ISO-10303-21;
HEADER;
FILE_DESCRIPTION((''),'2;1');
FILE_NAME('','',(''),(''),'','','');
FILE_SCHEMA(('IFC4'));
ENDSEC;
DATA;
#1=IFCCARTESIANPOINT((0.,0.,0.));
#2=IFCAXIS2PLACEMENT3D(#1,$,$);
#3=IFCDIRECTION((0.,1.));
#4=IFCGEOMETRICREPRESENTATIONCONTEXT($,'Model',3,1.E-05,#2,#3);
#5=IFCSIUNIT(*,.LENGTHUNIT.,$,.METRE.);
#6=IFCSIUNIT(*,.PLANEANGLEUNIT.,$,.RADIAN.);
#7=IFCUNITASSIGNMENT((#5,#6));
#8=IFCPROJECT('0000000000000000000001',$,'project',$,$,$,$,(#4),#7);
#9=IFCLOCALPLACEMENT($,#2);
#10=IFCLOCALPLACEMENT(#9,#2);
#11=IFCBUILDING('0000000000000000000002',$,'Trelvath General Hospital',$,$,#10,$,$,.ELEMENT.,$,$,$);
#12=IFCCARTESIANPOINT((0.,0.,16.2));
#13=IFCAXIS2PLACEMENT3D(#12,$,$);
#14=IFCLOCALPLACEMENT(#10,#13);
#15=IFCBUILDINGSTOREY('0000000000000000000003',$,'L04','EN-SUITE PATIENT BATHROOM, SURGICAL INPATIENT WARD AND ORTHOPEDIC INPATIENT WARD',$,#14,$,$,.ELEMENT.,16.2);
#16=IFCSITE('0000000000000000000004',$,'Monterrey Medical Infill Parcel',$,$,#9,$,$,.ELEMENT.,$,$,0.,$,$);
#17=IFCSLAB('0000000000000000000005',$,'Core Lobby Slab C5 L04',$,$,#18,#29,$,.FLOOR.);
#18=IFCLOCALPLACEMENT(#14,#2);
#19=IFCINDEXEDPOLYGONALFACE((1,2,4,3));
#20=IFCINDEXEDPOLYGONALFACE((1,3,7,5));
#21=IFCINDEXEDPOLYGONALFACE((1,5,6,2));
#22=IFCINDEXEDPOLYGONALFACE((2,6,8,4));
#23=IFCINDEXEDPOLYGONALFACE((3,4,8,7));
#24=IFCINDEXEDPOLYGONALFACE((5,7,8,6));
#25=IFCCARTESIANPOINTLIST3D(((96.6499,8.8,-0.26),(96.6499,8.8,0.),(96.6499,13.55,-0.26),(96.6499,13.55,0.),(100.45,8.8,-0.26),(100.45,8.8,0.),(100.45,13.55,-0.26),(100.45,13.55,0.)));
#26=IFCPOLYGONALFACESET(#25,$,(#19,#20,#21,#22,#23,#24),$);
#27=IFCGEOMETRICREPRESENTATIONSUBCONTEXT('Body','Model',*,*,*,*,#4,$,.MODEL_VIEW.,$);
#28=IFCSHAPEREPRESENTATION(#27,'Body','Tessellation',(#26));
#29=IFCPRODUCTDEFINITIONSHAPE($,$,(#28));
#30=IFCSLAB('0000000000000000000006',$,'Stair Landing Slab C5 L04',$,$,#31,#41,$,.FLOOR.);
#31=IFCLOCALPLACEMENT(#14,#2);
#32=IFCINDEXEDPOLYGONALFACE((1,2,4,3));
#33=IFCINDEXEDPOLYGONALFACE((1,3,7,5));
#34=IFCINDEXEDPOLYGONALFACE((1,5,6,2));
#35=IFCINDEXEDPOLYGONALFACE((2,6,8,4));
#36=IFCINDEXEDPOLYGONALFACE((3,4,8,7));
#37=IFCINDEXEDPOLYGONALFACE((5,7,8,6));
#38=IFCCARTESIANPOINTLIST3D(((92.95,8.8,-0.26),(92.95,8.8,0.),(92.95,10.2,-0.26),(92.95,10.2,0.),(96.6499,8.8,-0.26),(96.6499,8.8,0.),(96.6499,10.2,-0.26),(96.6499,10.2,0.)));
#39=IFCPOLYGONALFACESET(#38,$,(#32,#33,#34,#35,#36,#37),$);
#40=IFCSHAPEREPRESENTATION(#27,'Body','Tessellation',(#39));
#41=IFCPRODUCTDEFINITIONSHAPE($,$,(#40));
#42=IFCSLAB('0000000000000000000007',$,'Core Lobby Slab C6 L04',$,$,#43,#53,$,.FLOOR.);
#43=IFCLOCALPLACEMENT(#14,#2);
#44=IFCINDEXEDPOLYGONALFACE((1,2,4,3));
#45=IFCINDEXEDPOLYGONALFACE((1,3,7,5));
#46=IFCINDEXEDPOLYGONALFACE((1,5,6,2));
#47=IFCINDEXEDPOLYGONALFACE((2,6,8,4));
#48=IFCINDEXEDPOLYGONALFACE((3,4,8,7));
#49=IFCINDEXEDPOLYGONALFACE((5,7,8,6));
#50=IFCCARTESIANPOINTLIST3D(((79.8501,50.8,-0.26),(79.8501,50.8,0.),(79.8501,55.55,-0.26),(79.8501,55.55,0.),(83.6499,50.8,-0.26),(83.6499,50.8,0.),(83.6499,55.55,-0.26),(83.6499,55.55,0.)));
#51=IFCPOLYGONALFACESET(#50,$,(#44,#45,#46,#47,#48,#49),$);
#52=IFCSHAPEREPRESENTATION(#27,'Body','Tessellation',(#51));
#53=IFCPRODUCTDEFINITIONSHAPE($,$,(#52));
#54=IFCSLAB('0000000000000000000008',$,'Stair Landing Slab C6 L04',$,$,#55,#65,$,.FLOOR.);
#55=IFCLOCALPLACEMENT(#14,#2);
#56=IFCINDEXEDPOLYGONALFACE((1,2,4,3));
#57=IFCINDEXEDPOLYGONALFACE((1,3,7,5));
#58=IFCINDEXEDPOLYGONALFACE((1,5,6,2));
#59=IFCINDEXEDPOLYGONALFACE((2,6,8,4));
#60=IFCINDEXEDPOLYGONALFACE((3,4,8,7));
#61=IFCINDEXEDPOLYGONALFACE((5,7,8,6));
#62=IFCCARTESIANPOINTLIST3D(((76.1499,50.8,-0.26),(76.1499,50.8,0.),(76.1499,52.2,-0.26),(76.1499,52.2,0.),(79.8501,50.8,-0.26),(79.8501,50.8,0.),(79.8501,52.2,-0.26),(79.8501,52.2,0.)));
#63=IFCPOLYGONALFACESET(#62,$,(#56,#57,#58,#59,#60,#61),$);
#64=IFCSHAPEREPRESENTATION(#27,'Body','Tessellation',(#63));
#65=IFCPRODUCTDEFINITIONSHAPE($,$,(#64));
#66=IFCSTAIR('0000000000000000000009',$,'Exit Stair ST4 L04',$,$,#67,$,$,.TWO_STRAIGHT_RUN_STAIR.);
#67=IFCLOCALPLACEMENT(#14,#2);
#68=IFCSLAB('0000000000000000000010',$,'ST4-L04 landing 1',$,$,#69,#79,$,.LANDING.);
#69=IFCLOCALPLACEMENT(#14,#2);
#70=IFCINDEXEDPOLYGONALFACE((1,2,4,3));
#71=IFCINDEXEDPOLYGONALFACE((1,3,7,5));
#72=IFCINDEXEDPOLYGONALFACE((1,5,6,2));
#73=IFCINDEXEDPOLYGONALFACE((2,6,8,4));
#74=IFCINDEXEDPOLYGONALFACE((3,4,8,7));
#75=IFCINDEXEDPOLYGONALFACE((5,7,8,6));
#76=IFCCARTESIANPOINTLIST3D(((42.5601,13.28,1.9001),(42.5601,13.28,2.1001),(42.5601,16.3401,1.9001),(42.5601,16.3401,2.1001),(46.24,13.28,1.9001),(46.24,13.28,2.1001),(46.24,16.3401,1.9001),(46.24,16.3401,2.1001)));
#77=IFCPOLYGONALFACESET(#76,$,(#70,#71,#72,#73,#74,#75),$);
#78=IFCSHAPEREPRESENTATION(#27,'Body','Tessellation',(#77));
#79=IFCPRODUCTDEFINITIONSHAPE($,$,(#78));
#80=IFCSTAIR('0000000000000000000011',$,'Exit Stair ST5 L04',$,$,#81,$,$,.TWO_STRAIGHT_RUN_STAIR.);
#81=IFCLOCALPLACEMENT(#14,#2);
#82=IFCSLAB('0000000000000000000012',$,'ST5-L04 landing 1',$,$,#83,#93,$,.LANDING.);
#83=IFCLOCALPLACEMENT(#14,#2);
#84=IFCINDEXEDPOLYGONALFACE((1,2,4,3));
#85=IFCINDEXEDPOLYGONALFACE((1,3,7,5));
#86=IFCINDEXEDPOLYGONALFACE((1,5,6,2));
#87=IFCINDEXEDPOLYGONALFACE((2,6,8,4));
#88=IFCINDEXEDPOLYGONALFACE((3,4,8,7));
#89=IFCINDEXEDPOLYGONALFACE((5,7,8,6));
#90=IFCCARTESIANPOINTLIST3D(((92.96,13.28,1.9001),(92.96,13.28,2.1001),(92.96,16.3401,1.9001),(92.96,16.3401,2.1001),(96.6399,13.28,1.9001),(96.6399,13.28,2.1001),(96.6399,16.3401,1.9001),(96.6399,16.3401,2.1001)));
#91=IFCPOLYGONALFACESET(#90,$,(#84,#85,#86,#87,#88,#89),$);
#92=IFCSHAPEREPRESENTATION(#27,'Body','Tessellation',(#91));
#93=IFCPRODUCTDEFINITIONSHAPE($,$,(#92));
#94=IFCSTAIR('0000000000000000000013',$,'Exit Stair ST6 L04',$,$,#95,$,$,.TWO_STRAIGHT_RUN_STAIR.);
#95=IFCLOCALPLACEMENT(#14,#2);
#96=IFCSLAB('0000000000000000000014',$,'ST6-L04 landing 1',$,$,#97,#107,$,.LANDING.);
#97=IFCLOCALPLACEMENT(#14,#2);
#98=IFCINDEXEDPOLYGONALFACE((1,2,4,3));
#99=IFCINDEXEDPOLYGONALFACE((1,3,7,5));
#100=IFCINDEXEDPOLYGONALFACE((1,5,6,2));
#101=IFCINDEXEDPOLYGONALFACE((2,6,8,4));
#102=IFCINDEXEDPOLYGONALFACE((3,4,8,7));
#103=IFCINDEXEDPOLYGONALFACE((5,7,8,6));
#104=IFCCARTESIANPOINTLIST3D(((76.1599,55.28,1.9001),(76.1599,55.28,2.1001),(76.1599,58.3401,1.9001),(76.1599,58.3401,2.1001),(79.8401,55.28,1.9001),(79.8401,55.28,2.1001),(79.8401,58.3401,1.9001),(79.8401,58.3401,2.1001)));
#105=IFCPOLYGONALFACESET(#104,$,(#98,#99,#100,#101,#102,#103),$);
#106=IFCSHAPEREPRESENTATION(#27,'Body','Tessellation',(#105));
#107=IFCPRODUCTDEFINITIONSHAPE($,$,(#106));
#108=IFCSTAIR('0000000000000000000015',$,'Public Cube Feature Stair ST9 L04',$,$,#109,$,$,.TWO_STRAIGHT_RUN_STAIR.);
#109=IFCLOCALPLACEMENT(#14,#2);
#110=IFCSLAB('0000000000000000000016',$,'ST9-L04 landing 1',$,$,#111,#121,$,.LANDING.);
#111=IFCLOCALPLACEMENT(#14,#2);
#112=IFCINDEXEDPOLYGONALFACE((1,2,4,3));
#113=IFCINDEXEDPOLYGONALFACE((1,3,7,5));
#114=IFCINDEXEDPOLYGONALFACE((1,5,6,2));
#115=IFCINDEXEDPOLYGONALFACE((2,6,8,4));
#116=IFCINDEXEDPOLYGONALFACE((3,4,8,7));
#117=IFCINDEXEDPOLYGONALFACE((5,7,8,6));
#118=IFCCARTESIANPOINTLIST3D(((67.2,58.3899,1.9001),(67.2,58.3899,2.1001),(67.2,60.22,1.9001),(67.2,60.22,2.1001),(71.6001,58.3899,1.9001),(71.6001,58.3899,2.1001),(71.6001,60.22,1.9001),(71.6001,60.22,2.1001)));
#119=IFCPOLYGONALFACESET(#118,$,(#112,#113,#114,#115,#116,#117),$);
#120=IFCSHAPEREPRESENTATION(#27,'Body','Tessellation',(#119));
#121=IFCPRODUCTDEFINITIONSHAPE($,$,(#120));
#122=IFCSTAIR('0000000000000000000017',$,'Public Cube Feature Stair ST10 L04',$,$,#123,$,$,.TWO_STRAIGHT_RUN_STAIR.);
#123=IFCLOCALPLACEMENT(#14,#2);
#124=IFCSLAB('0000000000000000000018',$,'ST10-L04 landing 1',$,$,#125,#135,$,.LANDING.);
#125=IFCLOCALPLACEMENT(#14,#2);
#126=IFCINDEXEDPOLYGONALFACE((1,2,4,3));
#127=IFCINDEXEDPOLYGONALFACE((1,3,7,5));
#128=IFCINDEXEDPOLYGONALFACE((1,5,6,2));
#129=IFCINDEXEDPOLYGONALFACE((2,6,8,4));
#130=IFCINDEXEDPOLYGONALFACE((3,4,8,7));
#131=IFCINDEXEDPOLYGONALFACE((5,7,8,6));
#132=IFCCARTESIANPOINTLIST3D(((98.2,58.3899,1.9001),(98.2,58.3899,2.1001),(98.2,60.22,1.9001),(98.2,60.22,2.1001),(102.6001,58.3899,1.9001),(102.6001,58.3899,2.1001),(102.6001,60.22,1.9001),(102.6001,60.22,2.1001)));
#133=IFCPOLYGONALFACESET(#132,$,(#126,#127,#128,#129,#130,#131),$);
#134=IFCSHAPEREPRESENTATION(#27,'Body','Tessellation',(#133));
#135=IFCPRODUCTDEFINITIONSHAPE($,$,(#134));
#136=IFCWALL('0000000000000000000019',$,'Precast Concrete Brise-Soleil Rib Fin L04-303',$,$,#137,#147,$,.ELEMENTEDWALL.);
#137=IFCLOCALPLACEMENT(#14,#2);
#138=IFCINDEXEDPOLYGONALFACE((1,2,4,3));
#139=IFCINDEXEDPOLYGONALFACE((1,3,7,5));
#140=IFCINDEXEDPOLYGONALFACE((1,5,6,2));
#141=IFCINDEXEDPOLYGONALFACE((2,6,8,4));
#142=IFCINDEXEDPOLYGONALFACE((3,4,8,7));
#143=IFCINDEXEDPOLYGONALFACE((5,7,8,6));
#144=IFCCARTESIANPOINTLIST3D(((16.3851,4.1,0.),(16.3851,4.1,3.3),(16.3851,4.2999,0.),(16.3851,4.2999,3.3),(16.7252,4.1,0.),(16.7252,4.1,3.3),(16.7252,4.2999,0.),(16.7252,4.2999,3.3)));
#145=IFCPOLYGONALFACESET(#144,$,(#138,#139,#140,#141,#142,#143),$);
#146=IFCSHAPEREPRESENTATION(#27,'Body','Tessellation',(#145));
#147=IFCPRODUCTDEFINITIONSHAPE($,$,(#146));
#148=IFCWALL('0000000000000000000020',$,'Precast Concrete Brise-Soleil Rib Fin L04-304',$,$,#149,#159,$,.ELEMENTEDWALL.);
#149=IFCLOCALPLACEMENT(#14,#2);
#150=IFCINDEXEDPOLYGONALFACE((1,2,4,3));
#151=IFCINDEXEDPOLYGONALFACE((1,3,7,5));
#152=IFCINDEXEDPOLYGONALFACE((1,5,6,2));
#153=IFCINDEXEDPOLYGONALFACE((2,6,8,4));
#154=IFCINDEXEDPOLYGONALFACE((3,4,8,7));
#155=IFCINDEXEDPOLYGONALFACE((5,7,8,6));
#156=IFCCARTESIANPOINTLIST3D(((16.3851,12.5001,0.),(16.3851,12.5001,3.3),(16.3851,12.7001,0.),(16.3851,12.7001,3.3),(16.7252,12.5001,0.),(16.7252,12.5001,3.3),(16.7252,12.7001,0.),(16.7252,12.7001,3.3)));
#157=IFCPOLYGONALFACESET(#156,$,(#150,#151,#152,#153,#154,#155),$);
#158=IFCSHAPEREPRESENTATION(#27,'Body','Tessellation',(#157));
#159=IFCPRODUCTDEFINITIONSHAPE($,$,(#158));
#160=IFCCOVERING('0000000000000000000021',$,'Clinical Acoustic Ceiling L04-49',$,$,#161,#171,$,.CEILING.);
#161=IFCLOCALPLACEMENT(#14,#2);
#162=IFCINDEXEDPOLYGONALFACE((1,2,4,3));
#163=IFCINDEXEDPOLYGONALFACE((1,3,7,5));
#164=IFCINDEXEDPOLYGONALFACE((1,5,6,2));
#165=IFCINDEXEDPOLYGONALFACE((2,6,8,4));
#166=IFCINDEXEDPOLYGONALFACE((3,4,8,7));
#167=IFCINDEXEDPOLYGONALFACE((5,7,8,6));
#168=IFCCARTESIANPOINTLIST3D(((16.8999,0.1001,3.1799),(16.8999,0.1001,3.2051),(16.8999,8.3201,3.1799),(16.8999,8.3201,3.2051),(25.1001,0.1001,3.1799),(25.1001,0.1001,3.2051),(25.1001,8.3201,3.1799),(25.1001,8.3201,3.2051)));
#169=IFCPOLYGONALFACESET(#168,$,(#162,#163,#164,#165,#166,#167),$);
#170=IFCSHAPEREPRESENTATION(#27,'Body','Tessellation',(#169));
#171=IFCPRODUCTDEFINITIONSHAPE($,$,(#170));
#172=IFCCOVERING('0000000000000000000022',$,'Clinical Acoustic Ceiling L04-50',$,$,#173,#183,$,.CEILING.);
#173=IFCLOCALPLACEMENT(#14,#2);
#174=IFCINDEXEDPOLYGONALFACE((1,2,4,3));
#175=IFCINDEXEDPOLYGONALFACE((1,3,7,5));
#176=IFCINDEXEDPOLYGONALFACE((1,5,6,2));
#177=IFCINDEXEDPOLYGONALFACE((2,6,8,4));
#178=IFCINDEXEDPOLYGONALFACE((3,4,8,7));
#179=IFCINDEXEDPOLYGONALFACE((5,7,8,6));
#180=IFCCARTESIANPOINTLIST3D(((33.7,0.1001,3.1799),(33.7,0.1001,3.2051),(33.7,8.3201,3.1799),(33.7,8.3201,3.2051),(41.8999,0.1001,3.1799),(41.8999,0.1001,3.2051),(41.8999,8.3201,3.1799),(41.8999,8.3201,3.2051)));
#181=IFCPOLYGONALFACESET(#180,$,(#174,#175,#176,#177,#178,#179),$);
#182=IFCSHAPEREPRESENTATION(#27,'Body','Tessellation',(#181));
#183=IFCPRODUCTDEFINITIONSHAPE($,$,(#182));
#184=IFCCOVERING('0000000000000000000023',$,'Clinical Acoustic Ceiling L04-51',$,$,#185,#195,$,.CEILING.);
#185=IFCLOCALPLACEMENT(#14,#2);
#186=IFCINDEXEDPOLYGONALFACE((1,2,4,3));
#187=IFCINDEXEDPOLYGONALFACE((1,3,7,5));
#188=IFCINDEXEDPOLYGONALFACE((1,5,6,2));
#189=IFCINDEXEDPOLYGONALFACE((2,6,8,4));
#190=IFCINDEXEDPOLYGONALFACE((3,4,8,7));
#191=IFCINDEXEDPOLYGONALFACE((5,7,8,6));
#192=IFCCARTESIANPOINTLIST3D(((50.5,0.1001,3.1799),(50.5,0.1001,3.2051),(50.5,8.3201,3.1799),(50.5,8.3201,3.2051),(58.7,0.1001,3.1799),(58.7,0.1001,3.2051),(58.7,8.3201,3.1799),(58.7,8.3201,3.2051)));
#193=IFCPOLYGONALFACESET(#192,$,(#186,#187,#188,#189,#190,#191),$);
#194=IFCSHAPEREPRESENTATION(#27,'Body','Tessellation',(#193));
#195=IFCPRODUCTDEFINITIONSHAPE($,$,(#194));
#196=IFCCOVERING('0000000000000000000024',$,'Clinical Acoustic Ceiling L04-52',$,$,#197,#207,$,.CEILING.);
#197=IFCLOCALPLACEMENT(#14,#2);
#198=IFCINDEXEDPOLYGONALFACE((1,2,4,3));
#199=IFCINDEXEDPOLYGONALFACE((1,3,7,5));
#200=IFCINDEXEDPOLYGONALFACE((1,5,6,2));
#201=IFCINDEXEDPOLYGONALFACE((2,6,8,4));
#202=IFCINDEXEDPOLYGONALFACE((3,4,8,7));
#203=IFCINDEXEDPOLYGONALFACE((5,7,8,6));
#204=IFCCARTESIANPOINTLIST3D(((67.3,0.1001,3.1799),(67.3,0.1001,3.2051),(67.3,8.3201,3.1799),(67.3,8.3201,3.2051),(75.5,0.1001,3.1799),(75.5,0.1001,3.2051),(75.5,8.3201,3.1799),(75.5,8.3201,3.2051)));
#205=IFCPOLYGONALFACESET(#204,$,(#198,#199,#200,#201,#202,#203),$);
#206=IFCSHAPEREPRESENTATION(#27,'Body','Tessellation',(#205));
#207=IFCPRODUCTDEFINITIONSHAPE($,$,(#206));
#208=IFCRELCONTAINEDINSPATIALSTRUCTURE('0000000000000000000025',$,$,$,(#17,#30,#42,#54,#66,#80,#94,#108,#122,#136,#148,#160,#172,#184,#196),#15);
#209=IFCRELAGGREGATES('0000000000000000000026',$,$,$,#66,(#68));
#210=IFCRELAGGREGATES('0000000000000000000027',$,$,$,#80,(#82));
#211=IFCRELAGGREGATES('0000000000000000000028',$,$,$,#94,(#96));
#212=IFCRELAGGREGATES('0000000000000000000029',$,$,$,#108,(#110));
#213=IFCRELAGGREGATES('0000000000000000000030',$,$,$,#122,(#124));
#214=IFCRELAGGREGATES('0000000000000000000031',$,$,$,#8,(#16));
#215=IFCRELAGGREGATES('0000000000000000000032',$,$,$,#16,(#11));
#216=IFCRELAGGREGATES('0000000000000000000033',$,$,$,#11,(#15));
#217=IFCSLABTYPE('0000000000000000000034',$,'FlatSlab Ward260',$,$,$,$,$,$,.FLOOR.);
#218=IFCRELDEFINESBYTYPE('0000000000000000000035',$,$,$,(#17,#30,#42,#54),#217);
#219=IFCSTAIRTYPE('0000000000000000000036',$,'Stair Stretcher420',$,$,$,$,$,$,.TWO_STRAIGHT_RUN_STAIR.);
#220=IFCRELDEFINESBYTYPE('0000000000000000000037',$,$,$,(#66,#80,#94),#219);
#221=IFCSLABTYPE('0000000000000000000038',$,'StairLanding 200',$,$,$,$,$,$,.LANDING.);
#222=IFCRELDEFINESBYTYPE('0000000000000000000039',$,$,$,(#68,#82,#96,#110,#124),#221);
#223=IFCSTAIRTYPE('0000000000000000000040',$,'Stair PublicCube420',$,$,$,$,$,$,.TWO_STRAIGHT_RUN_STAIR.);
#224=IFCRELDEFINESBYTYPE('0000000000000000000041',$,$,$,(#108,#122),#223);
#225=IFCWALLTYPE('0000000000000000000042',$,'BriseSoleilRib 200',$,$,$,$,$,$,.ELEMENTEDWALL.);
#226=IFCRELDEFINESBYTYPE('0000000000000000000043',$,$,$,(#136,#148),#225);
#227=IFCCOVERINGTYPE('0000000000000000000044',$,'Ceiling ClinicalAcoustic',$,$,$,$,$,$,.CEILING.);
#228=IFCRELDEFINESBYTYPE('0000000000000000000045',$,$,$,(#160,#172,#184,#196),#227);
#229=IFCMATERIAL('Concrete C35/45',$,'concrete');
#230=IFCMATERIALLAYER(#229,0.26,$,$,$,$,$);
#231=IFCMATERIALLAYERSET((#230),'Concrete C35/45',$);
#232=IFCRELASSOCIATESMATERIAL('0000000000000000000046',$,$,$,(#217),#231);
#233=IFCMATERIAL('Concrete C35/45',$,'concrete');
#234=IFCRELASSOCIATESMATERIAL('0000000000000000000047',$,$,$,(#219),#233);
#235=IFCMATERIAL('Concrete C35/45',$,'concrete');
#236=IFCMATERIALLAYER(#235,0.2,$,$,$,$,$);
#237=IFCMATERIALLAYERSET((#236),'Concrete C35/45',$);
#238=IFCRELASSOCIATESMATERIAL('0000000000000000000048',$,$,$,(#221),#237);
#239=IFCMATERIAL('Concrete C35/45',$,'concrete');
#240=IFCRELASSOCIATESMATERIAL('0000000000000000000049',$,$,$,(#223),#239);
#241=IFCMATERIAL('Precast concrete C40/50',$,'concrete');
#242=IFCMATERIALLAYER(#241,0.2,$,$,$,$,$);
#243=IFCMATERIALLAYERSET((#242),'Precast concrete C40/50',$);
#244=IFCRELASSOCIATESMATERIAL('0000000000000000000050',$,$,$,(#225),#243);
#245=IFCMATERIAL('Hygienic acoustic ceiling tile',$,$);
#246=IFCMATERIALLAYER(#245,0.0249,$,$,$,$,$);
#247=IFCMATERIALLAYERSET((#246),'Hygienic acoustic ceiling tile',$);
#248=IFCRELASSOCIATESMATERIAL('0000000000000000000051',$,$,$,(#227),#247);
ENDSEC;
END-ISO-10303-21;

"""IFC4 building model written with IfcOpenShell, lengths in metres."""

from ifc_helpers import new_model, si_unit, direction, frame, frame_2d, origin, place, context, subcontext, project, spatial, polyline, rectangle, outline, extrude, material, layer, layer_set, type_object, element, aggregate, save


model = new_model("IFC4")

# Units and contexts
model_context = context("Model", 3, precision=1e-05, world=origin(), true_north=direction((0.0, 1.0)))
body_context = subcontext(model_context, "Body", "Model", "MODEL_VIEW")
ifc_project = project(units=[si_unit("LENGTHUNIT", "METRE"), si_unit("PLANEANGLEUNIT", "RADIAN")], contexts=[model_context])

# Site, building, storey
site_placement = place(None, origin())
site = spatial("IfcSite", under=ifc_project, at=site_placement, Name="Monterrey Medical Infill Parcel", CompositionType="ELEMENT", RefElevation=0.0)
building_placement = place(site_placement, origin())
building = spatial("IfcBuilding", under=site, at=building_placement, Name="Trelvath General Hospital", CompositionType="ELEMENT")
storey_placement = place(building_placement, frame((0.0, 0.0, 16.2)))
storey = spatial("IfcBuildingStorey", under=building, at=storey_placement, Name="L04", Description="EN-SUITE PATIENT BATHROOM, SURGICAL INPATIENT WARD AND ORTHOPEDIC INPATIENT WARD", CompositionType="ELEMENT", Elevation=16.2)

# Slabs
ifc_material_1 = material(Name="Concrete C35/45", Category="concrete")
ifc_layer_1 = layer(ifc_material_1, 0.26)
ifc_layer_set_1 = layer_set([ifc_layer_1], Name="Concrete C35/45")
slab_type_1 = type_object("IfcSlabType", Name="FlatSlab Ward260", PredefinedType="FLOOR", material=ifc_layer_set_1)
slab_1_placement = place(storey_placement, frame((0.0, 0.0, -0.26)))
element("IfcSlab", 1, at=slab_1_placement, inside=storey, type_object=slab_type_1, Name="Core Lobby Slab C5 L04", PredefinedType="FLOOR", context=body_context, shape_type="SweptSolid", body=[
    extrude(outline(polyline([(96.6499, 8.8), (100.45, 8.8), (100.45, 13.55), (96.6499, 13.55), (96.6499, 8.8)])), origin(), (0.0, 0.0, 1.0), 0.26),
])
slab_2_placement = place(storey_placement, frame((0.0, 0.0, -0.26)))
element("IfcSlab", 2, at=slab_2_placement, inside=storey, type_object=slab_type_1, Name="Stair Landing Slab C5 L04", PredefinedType="FLOOR", context=body_context, shape_type="SweptSolid", body=[
    extrude(outline(polyline([(92.95, 8.8), (96.6499, 8.8), (96.6499, 10.2), (92.95, 10.2), (92.95, 8.8)])), origin(), (0.0, 0.0, 1.0), 0.26),
])
slab_3_placement = place(storey_placement, frame((0.0, 0.0, -0.26)))
element("IfcSlab", 3, at=slab_3_placement, inside=storey, type_object=slab_type_1, Name="Core Lobby Slab C6 L04", PredefinedType="FLOOR", context=body_context, shape_type="SweptSolid", body=[
    extrude(outline(polyline([(79.8501, 50.8), (83.6499, 50.8), (83.6499, 55.55), (79.8501, 55.55), (79.8501, 50.8)])), origin(), (0.0, 0.0, 1.0), 0.26),
])
slab_4_placement = place(storey_placement, frame((0.0, 0.0, -0.26)))
element("IfcSlab", 4, at=slab_4_placement, inside=storey, type_object=slab_type_1, Name="Stair Landing Slab C6 L04", PredefinedType="FLOOR", context=body_context, shape_type="SweptSolid", body=[
    extrude(outline(polyline([(76.1499, 50.8), (79.8501, 50.8), (79.8501, 52.2), (76.1499, 52.2), (76.1499, 50.8)])), origin(), (0.0, 0.0, 1.0), 0.26),
])

# Stairs, slabs
ifc_material_2 = material(Name="Concrete C35/45", Category="concrete")
stair_type_1 = type_object("IfcStairType", Name="Stair Stretcher420", PredefinedType="TWO_STRAIGHT_RUN_STAIR", material=ifc_material_2)
stair_1_placement = place(storey_placement, origin())
stair_1 = element("IfcStair", 5, at=stair_1_placement, inside=storey, type_object=stair_type_1, Name="Exit Stair ST4 L04", PredefinedType="TWO_STRAIGHT_RUN_STAIR")
ifc_material_3 = material(Name="Concrete C35/45", Category="concrete")
ifc_layer_2 = layer(ifc_material_3, 0.2)
ifc_layer_set_2 = layer_set([ifc_layer_2], Name="Concrete C35/45")
slab_type_2 = type_object("IfcSlabType", Name="StairLanding 200", PredefinedType="LANDING", material=ifc_layer_set_2)
slab_5_placement = place(storey_placement, frame((0.0, 0.0, 1.9001)))
slab_5 = element("IfcSlab", 6, at=slab_5_placement, type_object=slab_type_2, Name="ST4-L04 landing 1", PredefinedType="LANDING", context=body_context, shape_type="SweptSolid", body=[
    extrude(outline(polyline([(42.5601, 13.28), (46.24, 13.28), (46.24, 16.3401), (42.5601, 16.3401), (42.5601, 13.28)])), origin(), (0.0, 0.0, 1.0), 0.2),
])
aggregate(stair_1, [slab_5])
stair_2_placement = place(storey_placement, origin())
stair_2 = element("IfcStair", 7, at=stair_2_placement, inside=storey, type_object=stair_type_1, Name="Exit Stair ST5 L04", PredefinedType="TWO_STRAIGHT_RUN_STAIR")
slab_6_placement = place(storey_placement, frame((0.0, 0.0, 1.9001)))
slab_6 = element("IfcSlab", 8, at=slab_6_placement, type_object=slab_type_2, Name="ST5-L04 landing 1", PredefinedType="LANDING", context=body_context, shape_type="SweptSolid", body=[
    extrude(outline(polyline([(92.96, 13.28), (96.6399, 13.28), (96.6399, 16.3401), (92.96, 16.3401), (92.96, 13.28)])), origin(), (0.0, 0.0, 1.0), 0.2),
])
aggregate(stair_2, [slab_6])
stair_3_placement = place(storey_placement, origin())
stair_3 = element("IfcStair", 9, at=stair_3_placement, inside=storey, type_object=stair_type_1, Name="Exit Stair ST6 L04", PredefinedType="TWO_STRAIGHT_RUN_STAIR")
slab_7_placement = place(storey_placement, frame((0.0, 0.0, 1.9001)))
slab_7 = element("IfcSlab", 10, at=slab_7_placement, type_object=slab_type_2, Name="ST6-L04 landing 1", PredefinedType="LANDING", context=body_context, shape_type="SweptSolid", body=[
    extrude(outline(polyline([(76.1599, 55.28), (79.8401, 55.28), (79.8401, 58.3401), (76.1599, 58.3401), (76.1599, 55.28)])), origin(), (0.0, 0.0, 1.0), 0.2),
])
aggregate(stair_3, [slab_7])
ifc_material_4 = material(Name="Concrete C35/45", Category="concrete")
stair_type_2 = type_object("IfcStairType", Name="Stair PublicCube420", PredefinedType="TWO_STRAIGHT_RUN_STAIR", material=ifc_material_4)
stair_4_placement = place(storey_placement, origin())
stair_4 = element("IfcStair", 11, at=stair_4_placement, inside=storey, type_object=stair_type_2, Name="Public Cube Feature Stair ST9 L04", PredefinedType="TWO_STRAIGHT_RUN_STAIR")
slab_8_placement = place(storey_placement, frame((0.0, 0.0, 1.9001)))
slab_8 = element("IfcSlab", 12, at=slab_8_placement, type_object=slab_type_2, Name="ST9-L04 landing 1", PredefinedType="LANDING", context=body_context, shape_type="SweptSolid", body=[
    extrude(outline(polyline([(67.2, 58.3899), (71.6001, 58.3899), (71.6001, 60.22), (67.2, 60.22), (67.2, 58.3899)])), origin(), (0.0, 0.0, 1.0), 0.2),
])
aggregate(stair_4, [slab_8])
stair_5_placement = place(storey_placement, origin())
stair_5 = element("IfcStair", 13, at=stair_5_placement, inside=storey, type_object=stair_type_2, Name="Public Cube Feature Stair ST10 L04", PredefinedType="TWO_STRAIGHT_RUN_STAIR")
slab_9_placement = place(storey_placement, frame((0.0, 0.0, 1.9001)))
slab_9 = element("IfcSlab", 14, at=slab_9_placement, type_object=slab_type_2, Name="ST10-L04 landing 1", PredefinedType="LANDING", context=body_context, shape_type="SweptSolid", body=[
    extrude(outline(polyline([(98.2, 58.3899), (102.6001, 58.3899), (102.6001, 60.22), (98.2, 60.22), (98.2, 58.3899)])), origin(), (0.0, 0.0, 1.0), 0.2),
])
aggregate(stair_5, [slab_9])

# Walls
ifc_material_5 = material(Name="Precast concrete C40/50", Category="concrete")
ifc_layer_3 = layer(ifc_material_5, 0.2)
ifc_layer_set_3 = layer_set([ifc_layer_3], Name="Precast concrete C40/50")
wall_type = type_object("IfcWallType", Name="BriseSoleilRib 200", PredefinedType="ELEMENTEDWALL", material=ifc_layer_set_3)
for number, where, z_axis, x_axis, name in (
    (15, (16.7251, 4.2, 0.0), (0.0, 0.0, 1.0), (-1.0, 0.0, 0.0), "Precast Concrete Brise-Soleil Rib Fin L04-303"),
    (16, (16.7251, 12.6001, 0.0), (0.0, 0.0, 1.0), (-1.0, 0.0, 0.0), "Precast Concrete Brise-Soleil Rib Fin L04-304"),
):
    element("IfcWall", number, at=place(storey_placement, frame(where, z_axis=z_axis, x_axis=x_axis)), inside=storey, type_object=wall_type, Name=name, PredefinedType="ELEMENTEDWALL", context=body_context, shape_type="SweptSolid", body=[
        extrude(rectangle(XDim=0.3401, YDim=0.2, at=frame_2d((0.1699, 0.0))), origin(), (0.0, 0.0, 1.0), 3.3),
    ])

# Coverings
ifc_material_6 = material(Name="Hygienic acoustic ceiling tile")
ifc_layer_4 = layer(ifc_material_6, 0.0249)
ifc_layer_set_4 = layer_set([ifc_layer_4], Name="Hygienic acoustic ceiling tile")
covering_type = type_object("IfcCoveringType", Name="Ceiling ClinicalAcoustic", PredefinedType="CEILING", material=ifc_layer_set_4)
covering_1_placement = place(storey_placement, frame((0.0, 0.0, 3.1799)))
element("IfcCovering", 17, at=covering_1_placement, inside=storey, type_object=covering_type, Name="Clinical Acoustic Ceiling L04-49", PredefinedType="CEILING", context=body_context, shape_type="SweptSolid", body=[
    extrude(outline(polyline([(16.8999, 0.1001), (25.1001, 0.1001), (25.1001, 8.3201), (16.8999, 8.3201), (16.8999, 0.1001)])), origin(), (0.0, 0.0, 1.0), 0.0251),
])
covering_2_placement = place(storey_placement, frame((0.0, 0.0, 3.1799)))
element("IfcCovering", 18, at=covering_2_placement, inside=storey, type_object=covering_type, Name="Clinical Acoustic Ceiling L04-50", PredefinedType="CEILING", context=body_context, shape_type="SweptSolid", body=[
    extrude(outline(polyline([(33.7, 0.1001), (41.8999, 0.1001), (41.8999, 8.3201), (33.7, 8.3201), (33.7, 0.1001)])), origin(), (0.0, 0.0, 1.0), 0.0251),
])
covering_3_placement = place(storey_placement, frame((0.0, 0.0, 3.1799)))
element("IfcCovering", 19, at=covering_3_placement, inside=storey, type_object=covering_type, Name="Clinical Acoustic Ceiling L04-51", PredefinedType="CEILING", context=body_context, shape_type="SweptSolid", body=[
    extrude(outline(polyline([(50.5, 0.1001), (58.7, 0.1001), (58.7, 8.3201), (50.5, 8.3201), (50.5, 0.1001)])), origin(), (0.0, 0.0, 1.0), 0.0251),
])
covering_4_placement = place(storey_placement, frame((0.0, 0.0, 3.1799)))
element("IfcCovering", 20, at=covering_4_placement, inside=storey, type_object=covering_type, Name="Clinical Acoustic Ceiling L04-52", PredefinedType="CEILING", context=body_context, shape_type="SweptSolid", body=[
    extrude(outline(polyline([(67.3, 0.1001), (75.5, 0.1001), (75.5, 8.3201), (67.3, 8.3201), (67.3, 0.1001)])), origin(), (0.0, 0.0, 1.0), 0.0251),
])

save(model, "model.ifc")
